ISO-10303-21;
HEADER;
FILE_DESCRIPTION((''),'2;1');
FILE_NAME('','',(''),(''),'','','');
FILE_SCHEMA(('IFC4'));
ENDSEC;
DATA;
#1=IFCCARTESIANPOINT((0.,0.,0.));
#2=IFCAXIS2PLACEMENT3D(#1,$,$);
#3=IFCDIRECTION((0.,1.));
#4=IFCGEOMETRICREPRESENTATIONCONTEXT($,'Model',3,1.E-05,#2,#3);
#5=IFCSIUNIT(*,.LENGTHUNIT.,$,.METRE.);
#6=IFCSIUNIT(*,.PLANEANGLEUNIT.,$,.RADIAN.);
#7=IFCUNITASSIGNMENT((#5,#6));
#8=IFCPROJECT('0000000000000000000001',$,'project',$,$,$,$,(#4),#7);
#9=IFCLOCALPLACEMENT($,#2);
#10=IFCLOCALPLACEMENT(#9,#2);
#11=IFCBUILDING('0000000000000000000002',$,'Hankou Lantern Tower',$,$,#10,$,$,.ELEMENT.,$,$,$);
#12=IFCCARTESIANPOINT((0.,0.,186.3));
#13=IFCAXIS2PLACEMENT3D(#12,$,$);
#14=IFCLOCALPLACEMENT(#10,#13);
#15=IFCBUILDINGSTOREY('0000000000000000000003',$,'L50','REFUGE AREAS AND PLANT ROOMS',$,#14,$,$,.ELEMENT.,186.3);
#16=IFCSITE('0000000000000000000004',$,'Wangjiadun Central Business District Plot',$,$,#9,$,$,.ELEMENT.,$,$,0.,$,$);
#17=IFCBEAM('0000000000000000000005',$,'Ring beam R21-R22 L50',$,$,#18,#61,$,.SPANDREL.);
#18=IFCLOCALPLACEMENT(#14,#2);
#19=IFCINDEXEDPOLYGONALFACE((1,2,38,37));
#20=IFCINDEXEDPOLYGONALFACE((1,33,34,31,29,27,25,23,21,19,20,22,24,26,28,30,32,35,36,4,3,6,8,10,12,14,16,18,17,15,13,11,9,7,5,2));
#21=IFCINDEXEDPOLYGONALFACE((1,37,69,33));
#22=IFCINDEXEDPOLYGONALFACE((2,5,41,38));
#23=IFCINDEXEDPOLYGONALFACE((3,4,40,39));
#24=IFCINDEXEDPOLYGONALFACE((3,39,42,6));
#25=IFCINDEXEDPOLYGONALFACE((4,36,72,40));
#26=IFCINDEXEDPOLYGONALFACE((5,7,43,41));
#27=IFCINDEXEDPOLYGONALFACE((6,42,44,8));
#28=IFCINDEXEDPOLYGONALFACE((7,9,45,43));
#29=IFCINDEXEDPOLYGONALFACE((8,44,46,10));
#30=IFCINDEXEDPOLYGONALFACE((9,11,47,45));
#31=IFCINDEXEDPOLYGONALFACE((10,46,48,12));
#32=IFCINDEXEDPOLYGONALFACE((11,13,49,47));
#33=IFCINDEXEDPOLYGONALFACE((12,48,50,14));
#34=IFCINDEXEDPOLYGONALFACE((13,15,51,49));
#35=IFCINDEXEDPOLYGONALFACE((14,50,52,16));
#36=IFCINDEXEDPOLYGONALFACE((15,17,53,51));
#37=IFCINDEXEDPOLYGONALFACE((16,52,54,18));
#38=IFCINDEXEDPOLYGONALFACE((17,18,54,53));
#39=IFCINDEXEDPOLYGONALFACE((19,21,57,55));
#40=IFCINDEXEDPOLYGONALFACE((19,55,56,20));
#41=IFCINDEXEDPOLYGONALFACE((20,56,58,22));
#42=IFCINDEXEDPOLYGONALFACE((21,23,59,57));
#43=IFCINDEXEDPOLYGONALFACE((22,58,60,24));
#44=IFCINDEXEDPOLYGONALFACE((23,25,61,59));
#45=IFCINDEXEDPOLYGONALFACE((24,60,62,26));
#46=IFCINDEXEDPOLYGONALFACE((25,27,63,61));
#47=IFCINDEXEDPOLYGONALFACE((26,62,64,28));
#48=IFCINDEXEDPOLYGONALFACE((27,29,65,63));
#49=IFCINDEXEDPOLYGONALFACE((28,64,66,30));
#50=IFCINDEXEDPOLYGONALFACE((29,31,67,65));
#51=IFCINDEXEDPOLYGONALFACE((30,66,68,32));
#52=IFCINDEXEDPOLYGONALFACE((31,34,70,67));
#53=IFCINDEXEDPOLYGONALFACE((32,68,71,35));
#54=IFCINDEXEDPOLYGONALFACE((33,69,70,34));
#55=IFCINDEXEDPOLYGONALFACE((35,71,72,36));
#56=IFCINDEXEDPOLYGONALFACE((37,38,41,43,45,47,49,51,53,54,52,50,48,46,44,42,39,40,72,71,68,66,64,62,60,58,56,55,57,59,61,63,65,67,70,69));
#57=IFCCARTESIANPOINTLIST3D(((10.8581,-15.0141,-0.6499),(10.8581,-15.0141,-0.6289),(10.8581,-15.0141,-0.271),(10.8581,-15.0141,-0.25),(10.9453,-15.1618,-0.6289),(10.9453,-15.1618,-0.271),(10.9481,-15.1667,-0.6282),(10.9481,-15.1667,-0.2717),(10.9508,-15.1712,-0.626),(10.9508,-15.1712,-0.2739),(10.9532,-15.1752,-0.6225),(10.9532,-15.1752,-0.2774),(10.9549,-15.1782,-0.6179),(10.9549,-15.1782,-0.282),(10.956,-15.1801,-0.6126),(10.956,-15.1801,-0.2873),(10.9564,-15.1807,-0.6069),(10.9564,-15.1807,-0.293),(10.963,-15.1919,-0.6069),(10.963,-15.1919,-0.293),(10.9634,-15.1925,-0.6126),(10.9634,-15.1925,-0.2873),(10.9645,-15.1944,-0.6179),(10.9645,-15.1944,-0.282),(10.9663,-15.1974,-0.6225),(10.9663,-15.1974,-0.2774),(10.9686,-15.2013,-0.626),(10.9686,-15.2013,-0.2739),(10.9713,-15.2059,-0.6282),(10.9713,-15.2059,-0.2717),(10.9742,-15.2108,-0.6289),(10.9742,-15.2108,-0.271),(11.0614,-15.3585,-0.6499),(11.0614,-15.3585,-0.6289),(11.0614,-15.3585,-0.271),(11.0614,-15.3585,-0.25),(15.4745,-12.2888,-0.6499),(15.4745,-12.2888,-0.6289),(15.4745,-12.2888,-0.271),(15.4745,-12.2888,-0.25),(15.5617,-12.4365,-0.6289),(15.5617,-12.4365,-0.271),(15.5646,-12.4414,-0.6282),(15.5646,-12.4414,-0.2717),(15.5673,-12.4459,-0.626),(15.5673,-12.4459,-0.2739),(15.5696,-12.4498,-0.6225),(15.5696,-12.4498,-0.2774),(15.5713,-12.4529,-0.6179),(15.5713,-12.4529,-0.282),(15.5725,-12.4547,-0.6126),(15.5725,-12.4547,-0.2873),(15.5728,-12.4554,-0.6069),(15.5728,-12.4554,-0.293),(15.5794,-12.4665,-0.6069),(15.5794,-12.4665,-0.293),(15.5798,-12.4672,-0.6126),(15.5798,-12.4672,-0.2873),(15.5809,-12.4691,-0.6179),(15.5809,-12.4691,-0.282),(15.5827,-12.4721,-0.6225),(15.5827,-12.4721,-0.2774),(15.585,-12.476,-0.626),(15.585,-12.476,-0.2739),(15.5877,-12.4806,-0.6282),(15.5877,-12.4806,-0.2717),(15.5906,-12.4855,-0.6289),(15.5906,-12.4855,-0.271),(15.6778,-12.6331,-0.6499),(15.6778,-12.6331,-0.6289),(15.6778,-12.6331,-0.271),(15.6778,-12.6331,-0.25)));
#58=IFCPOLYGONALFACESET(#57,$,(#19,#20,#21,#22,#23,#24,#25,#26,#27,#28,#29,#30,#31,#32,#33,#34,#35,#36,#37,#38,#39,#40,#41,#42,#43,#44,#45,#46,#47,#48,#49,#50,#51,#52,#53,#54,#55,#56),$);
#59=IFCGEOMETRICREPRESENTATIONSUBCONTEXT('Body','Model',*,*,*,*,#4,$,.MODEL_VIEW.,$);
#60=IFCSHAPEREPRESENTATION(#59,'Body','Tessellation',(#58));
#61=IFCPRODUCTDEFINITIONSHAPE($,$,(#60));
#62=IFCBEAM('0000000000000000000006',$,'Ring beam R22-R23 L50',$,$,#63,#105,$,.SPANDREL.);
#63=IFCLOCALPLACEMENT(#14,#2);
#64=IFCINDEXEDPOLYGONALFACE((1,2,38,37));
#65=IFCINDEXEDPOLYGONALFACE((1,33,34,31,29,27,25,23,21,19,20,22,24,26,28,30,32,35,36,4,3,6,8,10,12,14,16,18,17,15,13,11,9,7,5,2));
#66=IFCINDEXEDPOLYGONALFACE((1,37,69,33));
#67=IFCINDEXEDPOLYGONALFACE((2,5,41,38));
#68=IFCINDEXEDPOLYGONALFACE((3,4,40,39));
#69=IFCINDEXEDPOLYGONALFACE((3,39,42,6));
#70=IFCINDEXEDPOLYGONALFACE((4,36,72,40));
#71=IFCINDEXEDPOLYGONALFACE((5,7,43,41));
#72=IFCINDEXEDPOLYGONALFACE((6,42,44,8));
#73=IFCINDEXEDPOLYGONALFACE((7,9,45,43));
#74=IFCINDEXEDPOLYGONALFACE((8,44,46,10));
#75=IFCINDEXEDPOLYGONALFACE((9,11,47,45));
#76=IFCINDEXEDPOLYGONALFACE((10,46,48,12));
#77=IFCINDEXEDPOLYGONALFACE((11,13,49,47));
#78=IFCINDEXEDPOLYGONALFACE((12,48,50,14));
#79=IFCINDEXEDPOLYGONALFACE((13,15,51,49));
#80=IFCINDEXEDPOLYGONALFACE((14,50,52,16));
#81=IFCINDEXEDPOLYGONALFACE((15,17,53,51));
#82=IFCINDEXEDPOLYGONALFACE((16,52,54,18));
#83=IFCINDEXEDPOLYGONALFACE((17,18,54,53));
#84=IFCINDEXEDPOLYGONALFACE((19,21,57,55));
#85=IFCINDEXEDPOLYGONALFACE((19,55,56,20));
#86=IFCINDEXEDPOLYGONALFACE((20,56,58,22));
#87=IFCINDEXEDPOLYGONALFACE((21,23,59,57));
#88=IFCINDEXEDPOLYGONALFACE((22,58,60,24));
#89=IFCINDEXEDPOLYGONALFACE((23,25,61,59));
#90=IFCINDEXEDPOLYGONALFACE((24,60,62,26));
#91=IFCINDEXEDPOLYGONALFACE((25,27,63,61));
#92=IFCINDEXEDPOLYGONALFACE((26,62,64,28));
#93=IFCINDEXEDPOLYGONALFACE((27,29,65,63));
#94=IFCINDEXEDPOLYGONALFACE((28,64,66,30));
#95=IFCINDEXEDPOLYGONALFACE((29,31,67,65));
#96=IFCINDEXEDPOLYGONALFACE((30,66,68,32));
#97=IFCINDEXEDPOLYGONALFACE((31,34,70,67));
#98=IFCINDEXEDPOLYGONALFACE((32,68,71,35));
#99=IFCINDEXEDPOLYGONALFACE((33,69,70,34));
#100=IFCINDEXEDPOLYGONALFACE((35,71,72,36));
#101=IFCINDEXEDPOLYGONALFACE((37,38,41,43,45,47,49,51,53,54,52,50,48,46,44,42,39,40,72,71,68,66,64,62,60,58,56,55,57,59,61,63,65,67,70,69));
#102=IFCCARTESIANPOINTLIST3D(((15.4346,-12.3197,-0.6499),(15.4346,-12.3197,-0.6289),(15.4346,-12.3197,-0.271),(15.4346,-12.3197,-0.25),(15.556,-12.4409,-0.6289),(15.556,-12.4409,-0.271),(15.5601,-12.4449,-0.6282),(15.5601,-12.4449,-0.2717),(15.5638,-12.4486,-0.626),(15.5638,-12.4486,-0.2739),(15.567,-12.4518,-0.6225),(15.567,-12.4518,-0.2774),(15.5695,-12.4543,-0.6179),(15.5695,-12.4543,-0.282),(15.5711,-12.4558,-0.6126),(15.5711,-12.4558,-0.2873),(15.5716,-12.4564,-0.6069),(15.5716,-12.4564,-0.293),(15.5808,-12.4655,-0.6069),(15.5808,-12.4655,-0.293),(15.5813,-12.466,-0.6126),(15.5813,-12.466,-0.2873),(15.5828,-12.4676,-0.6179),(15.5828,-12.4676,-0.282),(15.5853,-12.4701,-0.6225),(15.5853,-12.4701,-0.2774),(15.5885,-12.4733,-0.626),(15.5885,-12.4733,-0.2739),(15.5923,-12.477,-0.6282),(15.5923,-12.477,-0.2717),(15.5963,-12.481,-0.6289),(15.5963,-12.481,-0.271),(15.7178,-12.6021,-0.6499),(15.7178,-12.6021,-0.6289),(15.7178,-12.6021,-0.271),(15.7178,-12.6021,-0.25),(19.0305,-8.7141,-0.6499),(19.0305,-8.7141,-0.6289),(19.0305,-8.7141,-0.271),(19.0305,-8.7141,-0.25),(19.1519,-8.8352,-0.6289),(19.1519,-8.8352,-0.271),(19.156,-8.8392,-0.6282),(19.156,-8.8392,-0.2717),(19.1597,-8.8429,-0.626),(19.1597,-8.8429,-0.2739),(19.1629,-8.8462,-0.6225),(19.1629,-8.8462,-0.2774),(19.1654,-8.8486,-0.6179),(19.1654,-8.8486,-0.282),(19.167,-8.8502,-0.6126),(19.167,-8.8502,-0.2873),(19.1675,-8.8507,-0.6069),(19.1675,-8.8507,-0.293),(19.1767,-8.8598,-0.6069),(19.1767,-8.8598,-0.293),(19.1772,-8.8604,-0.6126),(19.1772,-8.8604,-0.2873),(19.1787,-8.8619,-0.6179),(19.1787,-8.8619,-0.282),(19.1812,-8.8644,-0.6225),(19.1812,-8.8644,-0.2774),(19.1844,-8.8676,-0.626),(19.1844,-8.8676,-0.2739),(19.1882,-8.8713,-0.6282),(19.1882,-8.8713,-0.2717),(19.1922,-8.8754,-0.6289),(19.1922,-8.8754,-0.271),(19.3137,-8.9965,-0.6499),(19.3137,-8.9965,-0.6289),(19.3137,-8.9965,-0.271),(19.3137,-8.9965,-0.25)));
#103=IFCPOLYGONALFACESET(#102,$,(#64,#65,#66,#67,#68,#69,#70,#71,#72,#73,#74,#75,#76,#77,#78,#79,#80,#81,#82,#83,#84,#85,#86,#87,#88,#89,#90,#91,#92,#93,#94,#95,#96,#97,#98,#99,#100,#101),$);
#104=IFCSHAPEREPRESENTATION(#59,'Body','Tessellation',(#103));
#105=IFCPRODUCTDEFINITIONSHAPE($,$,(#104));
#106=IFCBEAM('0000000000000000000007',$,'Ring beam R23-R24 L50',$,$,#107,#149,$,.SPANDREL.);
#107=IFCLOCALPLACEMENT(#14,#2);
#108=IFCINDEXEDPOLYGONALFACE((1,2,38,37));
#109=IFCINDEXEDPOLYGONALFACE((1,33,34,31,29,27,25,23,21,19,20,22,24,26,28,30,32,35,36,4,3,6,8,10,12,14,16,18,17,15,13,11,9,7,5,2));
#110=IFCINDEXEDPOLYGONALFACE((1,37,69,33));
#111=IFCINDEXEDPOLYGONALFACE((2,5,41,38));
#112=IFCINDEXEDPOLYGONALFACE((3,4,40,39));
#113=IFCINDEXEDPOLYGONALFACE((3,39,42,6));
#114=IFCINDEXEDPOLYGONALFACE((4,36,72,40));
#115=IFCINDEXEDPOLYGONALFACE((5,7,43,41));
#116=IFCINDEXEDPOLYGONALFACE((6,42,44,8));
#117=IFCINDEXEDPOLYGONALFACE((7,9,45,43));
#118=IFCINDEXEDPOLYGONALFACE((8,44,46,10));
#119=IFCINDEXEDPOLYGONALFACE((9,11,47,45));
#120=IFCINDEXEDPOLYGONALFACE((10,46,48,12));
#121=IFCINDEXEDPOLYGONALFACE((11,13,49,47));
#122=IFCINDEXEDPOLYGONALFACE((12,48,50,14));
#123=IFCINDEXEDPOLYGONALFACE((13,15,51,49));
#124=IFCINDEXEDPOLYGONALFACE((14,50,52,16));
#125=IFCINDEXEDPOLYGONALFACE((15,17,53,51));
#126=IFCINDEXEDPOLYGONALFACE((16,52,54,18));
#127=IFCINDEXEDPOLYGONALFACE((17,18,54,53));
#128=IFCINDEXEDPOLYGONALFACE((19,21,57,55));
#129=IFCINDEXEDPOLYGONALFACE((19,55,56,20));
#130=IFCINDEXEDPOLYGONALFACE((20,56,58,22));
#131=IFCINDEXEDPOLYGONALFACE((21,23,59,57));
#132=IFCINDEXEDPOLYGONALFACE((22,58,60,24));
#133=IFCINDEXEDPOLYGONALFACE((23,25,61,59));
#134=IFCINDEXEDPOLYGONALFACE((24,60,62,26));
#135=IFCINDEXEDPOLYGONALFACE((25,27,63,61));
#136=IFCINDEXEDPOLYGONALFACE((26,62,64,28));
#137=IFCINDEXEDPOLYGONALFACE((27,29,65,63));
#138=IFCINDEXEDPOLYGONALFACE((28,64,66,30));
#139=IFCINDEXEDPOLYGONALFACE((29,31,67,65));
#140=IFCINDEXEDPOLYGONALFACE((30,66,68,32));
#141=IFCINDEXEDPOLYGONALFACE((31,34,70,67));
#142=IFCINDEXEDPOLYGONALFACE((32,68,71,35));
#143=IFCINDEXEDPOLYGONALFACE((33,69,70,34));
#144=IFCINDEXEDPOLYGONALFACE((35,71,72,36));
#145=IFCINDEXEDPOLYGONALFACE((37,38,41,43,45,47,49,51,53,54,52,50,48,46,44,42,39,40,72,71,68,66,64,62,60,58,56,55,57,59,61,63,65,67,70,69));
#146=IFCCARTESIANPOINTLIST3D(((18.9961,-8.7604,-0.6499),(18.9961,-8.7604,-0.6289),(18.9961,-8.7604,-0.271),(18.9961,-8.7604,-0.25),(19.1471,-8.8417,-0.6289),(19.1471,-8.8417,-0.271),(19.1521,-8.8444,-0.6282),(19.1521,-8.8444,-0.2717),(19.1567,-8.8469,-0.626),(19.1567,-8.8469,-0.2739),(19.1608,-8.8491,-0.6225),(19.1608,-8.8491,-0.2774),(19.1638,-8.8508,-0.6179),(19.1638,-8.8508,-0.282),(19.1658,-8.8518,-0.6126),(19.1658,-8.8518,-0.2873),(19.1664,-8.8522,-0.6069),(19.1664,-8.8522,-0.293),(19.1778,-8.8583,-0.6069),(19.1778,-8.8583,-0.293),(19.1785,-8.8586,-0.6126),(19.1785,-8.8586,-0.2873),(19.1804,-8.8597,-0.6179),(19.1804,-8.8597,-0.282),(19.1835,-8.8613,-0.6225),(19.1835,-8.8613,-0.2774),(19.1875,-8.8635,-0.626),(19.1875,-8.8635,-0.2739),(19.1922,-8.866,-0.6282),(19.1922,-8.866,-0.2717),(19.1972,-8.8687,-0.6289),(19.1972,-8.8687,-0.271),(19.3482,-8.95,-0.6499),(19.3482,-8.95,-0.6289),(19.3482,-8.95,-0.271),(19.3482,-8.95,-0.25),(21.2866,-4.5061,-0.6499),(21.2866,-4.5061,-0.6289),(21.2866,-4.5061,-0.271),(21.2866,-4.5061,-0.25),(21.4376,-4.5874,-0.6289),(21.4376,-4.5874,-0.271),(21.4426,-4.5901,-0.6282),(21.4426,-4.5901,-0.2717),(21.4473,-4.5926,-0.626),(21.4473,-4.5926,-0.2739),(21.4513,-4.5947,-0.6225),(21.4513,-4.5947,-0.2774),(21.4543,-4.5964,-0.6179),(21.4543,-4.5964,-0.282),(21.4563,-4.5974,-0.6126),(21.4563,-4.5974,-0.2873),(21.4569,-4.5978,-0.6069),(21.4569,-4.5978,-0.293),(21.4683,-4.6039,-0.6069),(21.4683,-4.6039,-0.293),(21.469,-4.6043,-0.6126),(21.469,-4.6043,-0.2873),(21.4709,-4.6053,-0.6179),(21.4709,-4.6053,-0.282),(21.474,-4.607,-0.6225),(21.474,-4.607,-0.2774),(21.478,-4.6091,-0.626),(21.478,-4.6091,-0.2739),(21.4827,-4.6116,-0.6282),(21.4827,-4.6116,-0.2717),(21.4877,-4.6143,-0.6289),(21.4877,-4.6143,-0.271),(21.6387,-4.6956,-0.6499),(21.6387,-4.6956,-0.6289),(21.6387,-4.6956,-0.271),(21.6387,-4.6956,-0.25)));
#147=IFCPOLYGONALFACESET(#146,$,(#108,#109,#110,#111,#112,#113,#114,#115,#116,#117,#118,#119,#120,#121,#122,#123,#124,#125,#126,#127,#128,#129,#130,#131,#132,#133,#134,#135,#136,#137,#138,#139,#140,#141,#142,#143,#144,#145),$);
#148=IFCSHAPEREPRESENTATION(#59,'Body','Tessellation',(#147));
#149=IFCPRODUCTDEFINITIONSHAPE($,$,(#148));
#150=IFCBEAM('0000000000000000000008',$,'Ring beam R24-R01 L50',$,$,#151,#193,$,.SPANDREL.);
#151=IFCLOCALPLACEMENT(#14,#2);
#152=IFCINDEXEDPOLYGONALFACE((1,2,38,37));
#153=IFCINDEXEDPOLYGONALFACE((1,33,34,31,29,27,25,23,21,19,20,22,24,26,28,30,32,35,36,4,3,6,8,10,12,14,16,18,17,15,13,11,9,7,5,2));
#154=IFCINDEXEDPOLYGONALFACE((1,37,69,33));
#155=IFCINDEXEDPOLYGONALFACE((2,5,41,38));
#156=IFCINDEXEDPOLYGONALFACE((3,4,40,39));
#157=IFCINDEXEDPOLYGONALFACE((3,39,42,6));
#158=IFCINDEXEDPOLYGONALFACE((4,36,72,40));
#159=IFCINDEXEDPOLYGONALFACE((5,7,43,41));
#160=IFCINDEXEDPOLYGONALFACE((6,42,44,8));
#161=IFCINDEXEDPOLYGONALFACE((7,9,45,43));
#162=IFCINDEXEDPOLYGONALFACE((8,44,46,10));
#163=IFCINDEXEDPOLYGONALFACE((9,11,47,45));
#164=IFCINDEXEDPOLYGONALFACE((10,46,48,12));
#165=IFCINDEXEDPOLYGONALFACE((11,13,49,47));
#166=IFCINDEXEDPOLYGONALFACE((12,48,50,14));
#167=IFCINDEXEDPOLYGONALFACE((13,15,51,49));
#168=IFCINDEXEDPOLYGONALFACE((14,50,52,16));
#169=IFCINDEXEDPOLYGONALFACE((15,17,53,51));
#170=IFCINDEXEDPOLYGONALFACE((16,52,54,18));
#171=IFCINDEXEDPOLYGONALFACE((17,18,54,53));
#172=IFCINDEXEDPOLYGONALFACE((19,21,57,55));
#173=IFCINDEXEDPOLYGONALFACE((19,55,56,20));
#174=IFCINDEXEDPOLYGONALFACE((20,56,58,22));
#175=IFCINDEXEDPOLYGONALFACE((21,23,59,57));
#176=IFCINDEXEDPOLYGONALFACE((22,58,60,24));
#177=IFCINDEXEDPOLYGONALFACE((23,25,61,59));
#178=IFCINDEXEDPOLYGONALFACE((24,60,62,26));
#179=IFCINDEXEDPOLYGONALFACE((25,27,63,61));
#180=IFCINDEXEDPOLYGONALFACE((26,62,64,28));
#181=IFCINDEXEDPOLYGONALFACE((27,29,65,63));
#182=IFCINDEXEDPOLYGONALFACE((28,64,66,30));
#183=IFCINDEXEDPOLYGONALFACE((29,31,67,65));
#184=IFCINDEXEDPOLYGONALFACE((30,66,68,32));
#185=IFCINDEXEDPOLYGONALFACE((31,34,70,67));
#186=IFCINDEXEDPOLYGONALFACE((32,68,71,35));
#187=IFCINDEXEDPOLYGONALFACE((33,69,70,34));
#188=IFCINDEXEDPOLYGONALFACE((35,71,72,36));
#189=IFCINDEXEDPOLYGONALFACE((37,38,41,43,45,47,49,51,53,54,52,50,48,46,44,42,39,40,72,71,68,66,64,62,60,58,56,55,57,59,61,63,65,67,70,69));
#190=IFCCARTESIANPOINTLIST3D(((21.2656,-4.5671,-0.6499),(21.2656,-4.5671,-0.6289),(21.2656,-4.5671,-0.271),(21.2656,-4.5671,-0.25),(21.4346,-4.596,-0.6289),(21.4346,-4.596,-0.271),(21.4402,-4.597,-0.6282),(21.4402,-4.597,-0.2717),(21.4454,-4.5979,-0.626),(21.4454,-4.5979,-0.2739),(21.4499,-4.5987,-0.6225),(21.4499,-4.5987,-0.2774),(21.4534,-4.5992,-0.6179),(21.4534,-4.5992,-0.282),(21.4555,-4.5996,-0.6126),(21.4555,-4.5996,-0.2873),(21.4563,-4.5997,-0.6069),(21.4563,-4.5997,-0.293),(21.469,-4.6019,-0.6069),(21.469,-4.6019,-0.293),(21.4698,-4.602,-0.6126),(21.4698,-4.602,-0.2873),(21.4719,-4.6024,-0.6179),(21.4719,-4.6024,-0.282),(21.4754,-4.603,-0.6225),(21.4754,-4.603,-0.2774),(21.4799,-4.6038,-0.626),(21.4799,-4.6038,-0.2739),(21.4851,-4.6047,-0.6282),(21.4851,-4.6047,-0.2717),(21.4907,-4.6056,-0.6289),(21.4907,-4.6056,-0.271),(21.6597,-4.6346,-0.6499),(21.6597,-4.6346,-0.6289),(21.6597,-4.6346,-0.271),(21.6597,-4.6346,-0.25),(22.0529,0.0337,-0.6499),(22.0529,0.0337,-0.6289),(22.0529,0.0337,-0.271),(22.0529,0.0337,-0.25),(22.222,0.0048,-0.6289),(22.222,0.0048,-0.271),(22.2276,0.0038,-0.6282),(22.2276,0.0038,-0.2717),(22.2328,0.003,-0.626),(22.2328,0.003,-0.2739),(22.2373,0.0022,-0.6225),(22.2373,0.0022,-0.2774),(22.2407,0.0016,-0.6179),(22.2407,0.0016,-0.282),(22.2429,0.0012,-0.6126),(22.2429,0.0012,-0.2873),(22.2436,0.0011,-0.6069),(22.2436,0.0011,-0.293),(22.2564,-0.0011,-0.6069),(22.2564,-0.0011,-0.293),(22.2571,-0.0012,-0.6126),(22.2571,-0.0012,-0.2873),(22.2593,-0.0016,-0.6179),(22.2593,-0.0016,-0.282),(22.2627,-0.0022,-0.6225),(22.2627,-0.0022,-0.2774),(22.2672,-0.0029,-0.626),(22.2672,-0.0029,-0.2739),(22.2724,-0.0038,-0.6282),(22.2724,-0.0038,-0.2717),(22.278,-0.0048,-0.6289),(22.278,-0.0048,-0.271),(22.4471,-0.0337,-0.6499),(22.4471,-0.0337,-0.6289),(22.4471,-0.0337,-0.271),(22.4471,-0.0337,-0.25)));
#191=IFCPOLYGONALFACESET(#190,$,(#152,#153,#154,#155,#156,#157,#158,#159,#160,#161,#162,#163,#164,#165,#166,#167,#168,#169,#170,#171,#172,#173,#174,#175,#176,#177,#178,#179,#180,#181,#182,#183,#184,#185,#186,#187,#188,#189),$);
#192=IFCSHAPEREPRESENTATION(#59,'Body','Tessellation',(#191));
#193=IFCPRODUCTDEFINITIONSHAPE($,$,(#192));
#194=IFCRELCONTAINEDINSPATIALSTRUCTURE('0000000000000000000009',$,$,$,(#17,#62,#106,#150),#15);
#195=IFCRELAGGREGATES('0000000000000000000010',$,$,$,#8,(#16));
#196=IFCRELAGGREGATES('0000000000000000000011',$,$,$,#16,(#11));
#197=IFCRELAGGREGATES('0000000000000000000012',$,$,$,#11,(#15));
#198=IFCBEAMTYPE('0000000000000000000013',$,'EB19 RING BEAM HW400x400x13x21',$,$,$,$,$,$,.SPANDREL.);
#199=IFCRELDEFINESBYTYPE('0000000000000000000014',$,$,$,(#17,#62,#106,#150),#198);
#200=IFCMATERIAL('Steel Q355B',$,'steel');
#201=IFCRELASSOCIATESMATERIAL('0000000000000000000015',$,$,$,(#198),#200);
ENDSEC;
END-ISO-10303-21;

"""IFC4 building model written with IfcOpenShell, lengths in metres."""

from ifc_helpers import new_model, si_unit, direction, frame, origin, origin_2d, place, context, subcontext, project, spatial, i_section, extrude, material, material_profile, profile_set, type_object, element, save


model = new_model("IFC4")

# Units and contexts
model_context = context("Model", 3, precision=1e-05, world=origin(), true_north=direction((0.0, 1.0)))
body_context = subcontext(model_context, "Body", "Model", "MODEL_VIEW")
ifc_project = project(units=[si_unit("LENGTHUNIT", "METRE"), si_unit("PLANEANGLEUNIT", "RADIAN")], contexts=[model_context])

# Site, building, storey
site_placement = place(None, origin())
site = spatial("IfcSite", under=ifc_project, at=site_placement, Name="Wangjiadun Central Business District Plot", CompositionType="ELEMENT", RefElevation=0.0)
building_placement = place(site_placement, origin())
building = spatial("IfcBuilding", under=site, at=building_placement, Name="Hankou Lantern Tower", CompositionType="ELEMENT")
storey_placement = place(building_placement, frame((0.0, 0.0, 186.3)))
storey = spatial("IfcBuildingStorey", under=building, at=storey_placement, Name="L50", Description="REFUGE AREAS AND PLANT ROOMS", CompositionType="ELEMENT", Elevation=186.3)

# Beams
ifc_material_1 = material(Name="Steel Q355B", Category="steel")
ifc_material_profile_1 = material_profile(ifc_material_1, i_section(OverallWidth=0.3999, OverallDepth=0.3999, WebThickness=0.0129, FlangeThickness=0.021, FilletRadius=0.022, at=origin_2d()), Name="HW400x400x13x21")
ifc_profile_set_1 = profile_set([ifc_material_profile_1], Name="Steel Q355B")
beam_type_1 = type_object("IfcBeamType", Name="EB19 RING BEAM HW400x400x13x21", PredefinedType="SPANDREL", material=ifc_profile_set_1)
beam_1_placement = place(storey_placement, frame((10.9597, -15.1863, -0.45), z_axis=(0.861136, 0.508375, 0.0), x_axis=(-0.508375, 0.861136, 0.0)))
element("IfcBeam", 1, at=beam_1_placement, inside=storey, type_object=beam_type_1, Name="Ring beam R21-R22 L50", PredefinedType="SPANDREL", context=body_context, shape_type="SweptSolid", body=[
    extrude(i_section(OverallWidth=0.3999, OverallDepth=0.3999, WebThickness=0.0129, FlangeThickness=0.021, FilletRadius=0.022, at=origin_2d()), origin(), (0.0, 0.0, 1.0), 5.3608),
])
beam_2_placement = place(storey_placement, frame((15.5762, -12.4609, -0.45), z_axis=(0.706147, 0.708065, 0.0), x_axis=(-0.708065, 0.706147, 0.0)))
element("IfcBeam", 2, at=beam_2_placement, inside=storey, type_object=beam_type_1, Name="Ring beam R22-R23 L50", PredefinedType="SPANDREL", context=body_context, shape_type="SweptSolid", body=[
    extrude(i_section(OverallWidth=0.3999, OverallDepth=0.3999, WebThickness=0.0129, FlangeThickness=0.021, FilletRadius=0.022, at=origin_2d()), origin(), (0.0, 0.0, 1.0), 5.0923),
])
beam_3_placement = place(storey_placement, frame((19.1721, -8.8552, -0.45), z_axis=(0.474052, 0.880497, 0.0), x_axis=(-0.880497, 0.474052, 0.0)))
element("IfcBeam", 3, at=beam_3_placement, inside=storey, type_object=beam_type_1, Name="Ring beam R23-R24 L50", PredefinedType="SPANDREL", context=body_context, shape_type="SweptSolid", body=[
    extrude(i_section(OverallWidth=0.3999, OverallDepth=0.3999, WebThickness=0.0129, FlangeThickness=0.021, FilletRadius=0.022, at=origin_2d()), origin(), (0.0, 0.0, 1.0), 4.8318),
])
beam_4_placement = place(storey_placement, frame((21.4626, -4.6008, -0.45), z_axis=(0.168681, 0.985671, 0.0), x_axis=(-0.985671, 0.168681, 0.0)))
element("IfcBeam", 4, at=beam_4_placement, inside=storey, type_object=beam_type_1, Name="Ring beam R24-R01 L50", PredefinedType="SPANDREL", context=body_context, shape_type="SweptSolid", body=[
    extrude(i_section(OverallWidth=0.3999, OverallDepth=0.3999, WebThickness=0.0129, FlangeThickness=0.021, FilletRadius=0.022, at=origin_2d()), origin(), (0.0, 0.0, 1.0), 4.6677),
])

save(model, "model.ifc")
